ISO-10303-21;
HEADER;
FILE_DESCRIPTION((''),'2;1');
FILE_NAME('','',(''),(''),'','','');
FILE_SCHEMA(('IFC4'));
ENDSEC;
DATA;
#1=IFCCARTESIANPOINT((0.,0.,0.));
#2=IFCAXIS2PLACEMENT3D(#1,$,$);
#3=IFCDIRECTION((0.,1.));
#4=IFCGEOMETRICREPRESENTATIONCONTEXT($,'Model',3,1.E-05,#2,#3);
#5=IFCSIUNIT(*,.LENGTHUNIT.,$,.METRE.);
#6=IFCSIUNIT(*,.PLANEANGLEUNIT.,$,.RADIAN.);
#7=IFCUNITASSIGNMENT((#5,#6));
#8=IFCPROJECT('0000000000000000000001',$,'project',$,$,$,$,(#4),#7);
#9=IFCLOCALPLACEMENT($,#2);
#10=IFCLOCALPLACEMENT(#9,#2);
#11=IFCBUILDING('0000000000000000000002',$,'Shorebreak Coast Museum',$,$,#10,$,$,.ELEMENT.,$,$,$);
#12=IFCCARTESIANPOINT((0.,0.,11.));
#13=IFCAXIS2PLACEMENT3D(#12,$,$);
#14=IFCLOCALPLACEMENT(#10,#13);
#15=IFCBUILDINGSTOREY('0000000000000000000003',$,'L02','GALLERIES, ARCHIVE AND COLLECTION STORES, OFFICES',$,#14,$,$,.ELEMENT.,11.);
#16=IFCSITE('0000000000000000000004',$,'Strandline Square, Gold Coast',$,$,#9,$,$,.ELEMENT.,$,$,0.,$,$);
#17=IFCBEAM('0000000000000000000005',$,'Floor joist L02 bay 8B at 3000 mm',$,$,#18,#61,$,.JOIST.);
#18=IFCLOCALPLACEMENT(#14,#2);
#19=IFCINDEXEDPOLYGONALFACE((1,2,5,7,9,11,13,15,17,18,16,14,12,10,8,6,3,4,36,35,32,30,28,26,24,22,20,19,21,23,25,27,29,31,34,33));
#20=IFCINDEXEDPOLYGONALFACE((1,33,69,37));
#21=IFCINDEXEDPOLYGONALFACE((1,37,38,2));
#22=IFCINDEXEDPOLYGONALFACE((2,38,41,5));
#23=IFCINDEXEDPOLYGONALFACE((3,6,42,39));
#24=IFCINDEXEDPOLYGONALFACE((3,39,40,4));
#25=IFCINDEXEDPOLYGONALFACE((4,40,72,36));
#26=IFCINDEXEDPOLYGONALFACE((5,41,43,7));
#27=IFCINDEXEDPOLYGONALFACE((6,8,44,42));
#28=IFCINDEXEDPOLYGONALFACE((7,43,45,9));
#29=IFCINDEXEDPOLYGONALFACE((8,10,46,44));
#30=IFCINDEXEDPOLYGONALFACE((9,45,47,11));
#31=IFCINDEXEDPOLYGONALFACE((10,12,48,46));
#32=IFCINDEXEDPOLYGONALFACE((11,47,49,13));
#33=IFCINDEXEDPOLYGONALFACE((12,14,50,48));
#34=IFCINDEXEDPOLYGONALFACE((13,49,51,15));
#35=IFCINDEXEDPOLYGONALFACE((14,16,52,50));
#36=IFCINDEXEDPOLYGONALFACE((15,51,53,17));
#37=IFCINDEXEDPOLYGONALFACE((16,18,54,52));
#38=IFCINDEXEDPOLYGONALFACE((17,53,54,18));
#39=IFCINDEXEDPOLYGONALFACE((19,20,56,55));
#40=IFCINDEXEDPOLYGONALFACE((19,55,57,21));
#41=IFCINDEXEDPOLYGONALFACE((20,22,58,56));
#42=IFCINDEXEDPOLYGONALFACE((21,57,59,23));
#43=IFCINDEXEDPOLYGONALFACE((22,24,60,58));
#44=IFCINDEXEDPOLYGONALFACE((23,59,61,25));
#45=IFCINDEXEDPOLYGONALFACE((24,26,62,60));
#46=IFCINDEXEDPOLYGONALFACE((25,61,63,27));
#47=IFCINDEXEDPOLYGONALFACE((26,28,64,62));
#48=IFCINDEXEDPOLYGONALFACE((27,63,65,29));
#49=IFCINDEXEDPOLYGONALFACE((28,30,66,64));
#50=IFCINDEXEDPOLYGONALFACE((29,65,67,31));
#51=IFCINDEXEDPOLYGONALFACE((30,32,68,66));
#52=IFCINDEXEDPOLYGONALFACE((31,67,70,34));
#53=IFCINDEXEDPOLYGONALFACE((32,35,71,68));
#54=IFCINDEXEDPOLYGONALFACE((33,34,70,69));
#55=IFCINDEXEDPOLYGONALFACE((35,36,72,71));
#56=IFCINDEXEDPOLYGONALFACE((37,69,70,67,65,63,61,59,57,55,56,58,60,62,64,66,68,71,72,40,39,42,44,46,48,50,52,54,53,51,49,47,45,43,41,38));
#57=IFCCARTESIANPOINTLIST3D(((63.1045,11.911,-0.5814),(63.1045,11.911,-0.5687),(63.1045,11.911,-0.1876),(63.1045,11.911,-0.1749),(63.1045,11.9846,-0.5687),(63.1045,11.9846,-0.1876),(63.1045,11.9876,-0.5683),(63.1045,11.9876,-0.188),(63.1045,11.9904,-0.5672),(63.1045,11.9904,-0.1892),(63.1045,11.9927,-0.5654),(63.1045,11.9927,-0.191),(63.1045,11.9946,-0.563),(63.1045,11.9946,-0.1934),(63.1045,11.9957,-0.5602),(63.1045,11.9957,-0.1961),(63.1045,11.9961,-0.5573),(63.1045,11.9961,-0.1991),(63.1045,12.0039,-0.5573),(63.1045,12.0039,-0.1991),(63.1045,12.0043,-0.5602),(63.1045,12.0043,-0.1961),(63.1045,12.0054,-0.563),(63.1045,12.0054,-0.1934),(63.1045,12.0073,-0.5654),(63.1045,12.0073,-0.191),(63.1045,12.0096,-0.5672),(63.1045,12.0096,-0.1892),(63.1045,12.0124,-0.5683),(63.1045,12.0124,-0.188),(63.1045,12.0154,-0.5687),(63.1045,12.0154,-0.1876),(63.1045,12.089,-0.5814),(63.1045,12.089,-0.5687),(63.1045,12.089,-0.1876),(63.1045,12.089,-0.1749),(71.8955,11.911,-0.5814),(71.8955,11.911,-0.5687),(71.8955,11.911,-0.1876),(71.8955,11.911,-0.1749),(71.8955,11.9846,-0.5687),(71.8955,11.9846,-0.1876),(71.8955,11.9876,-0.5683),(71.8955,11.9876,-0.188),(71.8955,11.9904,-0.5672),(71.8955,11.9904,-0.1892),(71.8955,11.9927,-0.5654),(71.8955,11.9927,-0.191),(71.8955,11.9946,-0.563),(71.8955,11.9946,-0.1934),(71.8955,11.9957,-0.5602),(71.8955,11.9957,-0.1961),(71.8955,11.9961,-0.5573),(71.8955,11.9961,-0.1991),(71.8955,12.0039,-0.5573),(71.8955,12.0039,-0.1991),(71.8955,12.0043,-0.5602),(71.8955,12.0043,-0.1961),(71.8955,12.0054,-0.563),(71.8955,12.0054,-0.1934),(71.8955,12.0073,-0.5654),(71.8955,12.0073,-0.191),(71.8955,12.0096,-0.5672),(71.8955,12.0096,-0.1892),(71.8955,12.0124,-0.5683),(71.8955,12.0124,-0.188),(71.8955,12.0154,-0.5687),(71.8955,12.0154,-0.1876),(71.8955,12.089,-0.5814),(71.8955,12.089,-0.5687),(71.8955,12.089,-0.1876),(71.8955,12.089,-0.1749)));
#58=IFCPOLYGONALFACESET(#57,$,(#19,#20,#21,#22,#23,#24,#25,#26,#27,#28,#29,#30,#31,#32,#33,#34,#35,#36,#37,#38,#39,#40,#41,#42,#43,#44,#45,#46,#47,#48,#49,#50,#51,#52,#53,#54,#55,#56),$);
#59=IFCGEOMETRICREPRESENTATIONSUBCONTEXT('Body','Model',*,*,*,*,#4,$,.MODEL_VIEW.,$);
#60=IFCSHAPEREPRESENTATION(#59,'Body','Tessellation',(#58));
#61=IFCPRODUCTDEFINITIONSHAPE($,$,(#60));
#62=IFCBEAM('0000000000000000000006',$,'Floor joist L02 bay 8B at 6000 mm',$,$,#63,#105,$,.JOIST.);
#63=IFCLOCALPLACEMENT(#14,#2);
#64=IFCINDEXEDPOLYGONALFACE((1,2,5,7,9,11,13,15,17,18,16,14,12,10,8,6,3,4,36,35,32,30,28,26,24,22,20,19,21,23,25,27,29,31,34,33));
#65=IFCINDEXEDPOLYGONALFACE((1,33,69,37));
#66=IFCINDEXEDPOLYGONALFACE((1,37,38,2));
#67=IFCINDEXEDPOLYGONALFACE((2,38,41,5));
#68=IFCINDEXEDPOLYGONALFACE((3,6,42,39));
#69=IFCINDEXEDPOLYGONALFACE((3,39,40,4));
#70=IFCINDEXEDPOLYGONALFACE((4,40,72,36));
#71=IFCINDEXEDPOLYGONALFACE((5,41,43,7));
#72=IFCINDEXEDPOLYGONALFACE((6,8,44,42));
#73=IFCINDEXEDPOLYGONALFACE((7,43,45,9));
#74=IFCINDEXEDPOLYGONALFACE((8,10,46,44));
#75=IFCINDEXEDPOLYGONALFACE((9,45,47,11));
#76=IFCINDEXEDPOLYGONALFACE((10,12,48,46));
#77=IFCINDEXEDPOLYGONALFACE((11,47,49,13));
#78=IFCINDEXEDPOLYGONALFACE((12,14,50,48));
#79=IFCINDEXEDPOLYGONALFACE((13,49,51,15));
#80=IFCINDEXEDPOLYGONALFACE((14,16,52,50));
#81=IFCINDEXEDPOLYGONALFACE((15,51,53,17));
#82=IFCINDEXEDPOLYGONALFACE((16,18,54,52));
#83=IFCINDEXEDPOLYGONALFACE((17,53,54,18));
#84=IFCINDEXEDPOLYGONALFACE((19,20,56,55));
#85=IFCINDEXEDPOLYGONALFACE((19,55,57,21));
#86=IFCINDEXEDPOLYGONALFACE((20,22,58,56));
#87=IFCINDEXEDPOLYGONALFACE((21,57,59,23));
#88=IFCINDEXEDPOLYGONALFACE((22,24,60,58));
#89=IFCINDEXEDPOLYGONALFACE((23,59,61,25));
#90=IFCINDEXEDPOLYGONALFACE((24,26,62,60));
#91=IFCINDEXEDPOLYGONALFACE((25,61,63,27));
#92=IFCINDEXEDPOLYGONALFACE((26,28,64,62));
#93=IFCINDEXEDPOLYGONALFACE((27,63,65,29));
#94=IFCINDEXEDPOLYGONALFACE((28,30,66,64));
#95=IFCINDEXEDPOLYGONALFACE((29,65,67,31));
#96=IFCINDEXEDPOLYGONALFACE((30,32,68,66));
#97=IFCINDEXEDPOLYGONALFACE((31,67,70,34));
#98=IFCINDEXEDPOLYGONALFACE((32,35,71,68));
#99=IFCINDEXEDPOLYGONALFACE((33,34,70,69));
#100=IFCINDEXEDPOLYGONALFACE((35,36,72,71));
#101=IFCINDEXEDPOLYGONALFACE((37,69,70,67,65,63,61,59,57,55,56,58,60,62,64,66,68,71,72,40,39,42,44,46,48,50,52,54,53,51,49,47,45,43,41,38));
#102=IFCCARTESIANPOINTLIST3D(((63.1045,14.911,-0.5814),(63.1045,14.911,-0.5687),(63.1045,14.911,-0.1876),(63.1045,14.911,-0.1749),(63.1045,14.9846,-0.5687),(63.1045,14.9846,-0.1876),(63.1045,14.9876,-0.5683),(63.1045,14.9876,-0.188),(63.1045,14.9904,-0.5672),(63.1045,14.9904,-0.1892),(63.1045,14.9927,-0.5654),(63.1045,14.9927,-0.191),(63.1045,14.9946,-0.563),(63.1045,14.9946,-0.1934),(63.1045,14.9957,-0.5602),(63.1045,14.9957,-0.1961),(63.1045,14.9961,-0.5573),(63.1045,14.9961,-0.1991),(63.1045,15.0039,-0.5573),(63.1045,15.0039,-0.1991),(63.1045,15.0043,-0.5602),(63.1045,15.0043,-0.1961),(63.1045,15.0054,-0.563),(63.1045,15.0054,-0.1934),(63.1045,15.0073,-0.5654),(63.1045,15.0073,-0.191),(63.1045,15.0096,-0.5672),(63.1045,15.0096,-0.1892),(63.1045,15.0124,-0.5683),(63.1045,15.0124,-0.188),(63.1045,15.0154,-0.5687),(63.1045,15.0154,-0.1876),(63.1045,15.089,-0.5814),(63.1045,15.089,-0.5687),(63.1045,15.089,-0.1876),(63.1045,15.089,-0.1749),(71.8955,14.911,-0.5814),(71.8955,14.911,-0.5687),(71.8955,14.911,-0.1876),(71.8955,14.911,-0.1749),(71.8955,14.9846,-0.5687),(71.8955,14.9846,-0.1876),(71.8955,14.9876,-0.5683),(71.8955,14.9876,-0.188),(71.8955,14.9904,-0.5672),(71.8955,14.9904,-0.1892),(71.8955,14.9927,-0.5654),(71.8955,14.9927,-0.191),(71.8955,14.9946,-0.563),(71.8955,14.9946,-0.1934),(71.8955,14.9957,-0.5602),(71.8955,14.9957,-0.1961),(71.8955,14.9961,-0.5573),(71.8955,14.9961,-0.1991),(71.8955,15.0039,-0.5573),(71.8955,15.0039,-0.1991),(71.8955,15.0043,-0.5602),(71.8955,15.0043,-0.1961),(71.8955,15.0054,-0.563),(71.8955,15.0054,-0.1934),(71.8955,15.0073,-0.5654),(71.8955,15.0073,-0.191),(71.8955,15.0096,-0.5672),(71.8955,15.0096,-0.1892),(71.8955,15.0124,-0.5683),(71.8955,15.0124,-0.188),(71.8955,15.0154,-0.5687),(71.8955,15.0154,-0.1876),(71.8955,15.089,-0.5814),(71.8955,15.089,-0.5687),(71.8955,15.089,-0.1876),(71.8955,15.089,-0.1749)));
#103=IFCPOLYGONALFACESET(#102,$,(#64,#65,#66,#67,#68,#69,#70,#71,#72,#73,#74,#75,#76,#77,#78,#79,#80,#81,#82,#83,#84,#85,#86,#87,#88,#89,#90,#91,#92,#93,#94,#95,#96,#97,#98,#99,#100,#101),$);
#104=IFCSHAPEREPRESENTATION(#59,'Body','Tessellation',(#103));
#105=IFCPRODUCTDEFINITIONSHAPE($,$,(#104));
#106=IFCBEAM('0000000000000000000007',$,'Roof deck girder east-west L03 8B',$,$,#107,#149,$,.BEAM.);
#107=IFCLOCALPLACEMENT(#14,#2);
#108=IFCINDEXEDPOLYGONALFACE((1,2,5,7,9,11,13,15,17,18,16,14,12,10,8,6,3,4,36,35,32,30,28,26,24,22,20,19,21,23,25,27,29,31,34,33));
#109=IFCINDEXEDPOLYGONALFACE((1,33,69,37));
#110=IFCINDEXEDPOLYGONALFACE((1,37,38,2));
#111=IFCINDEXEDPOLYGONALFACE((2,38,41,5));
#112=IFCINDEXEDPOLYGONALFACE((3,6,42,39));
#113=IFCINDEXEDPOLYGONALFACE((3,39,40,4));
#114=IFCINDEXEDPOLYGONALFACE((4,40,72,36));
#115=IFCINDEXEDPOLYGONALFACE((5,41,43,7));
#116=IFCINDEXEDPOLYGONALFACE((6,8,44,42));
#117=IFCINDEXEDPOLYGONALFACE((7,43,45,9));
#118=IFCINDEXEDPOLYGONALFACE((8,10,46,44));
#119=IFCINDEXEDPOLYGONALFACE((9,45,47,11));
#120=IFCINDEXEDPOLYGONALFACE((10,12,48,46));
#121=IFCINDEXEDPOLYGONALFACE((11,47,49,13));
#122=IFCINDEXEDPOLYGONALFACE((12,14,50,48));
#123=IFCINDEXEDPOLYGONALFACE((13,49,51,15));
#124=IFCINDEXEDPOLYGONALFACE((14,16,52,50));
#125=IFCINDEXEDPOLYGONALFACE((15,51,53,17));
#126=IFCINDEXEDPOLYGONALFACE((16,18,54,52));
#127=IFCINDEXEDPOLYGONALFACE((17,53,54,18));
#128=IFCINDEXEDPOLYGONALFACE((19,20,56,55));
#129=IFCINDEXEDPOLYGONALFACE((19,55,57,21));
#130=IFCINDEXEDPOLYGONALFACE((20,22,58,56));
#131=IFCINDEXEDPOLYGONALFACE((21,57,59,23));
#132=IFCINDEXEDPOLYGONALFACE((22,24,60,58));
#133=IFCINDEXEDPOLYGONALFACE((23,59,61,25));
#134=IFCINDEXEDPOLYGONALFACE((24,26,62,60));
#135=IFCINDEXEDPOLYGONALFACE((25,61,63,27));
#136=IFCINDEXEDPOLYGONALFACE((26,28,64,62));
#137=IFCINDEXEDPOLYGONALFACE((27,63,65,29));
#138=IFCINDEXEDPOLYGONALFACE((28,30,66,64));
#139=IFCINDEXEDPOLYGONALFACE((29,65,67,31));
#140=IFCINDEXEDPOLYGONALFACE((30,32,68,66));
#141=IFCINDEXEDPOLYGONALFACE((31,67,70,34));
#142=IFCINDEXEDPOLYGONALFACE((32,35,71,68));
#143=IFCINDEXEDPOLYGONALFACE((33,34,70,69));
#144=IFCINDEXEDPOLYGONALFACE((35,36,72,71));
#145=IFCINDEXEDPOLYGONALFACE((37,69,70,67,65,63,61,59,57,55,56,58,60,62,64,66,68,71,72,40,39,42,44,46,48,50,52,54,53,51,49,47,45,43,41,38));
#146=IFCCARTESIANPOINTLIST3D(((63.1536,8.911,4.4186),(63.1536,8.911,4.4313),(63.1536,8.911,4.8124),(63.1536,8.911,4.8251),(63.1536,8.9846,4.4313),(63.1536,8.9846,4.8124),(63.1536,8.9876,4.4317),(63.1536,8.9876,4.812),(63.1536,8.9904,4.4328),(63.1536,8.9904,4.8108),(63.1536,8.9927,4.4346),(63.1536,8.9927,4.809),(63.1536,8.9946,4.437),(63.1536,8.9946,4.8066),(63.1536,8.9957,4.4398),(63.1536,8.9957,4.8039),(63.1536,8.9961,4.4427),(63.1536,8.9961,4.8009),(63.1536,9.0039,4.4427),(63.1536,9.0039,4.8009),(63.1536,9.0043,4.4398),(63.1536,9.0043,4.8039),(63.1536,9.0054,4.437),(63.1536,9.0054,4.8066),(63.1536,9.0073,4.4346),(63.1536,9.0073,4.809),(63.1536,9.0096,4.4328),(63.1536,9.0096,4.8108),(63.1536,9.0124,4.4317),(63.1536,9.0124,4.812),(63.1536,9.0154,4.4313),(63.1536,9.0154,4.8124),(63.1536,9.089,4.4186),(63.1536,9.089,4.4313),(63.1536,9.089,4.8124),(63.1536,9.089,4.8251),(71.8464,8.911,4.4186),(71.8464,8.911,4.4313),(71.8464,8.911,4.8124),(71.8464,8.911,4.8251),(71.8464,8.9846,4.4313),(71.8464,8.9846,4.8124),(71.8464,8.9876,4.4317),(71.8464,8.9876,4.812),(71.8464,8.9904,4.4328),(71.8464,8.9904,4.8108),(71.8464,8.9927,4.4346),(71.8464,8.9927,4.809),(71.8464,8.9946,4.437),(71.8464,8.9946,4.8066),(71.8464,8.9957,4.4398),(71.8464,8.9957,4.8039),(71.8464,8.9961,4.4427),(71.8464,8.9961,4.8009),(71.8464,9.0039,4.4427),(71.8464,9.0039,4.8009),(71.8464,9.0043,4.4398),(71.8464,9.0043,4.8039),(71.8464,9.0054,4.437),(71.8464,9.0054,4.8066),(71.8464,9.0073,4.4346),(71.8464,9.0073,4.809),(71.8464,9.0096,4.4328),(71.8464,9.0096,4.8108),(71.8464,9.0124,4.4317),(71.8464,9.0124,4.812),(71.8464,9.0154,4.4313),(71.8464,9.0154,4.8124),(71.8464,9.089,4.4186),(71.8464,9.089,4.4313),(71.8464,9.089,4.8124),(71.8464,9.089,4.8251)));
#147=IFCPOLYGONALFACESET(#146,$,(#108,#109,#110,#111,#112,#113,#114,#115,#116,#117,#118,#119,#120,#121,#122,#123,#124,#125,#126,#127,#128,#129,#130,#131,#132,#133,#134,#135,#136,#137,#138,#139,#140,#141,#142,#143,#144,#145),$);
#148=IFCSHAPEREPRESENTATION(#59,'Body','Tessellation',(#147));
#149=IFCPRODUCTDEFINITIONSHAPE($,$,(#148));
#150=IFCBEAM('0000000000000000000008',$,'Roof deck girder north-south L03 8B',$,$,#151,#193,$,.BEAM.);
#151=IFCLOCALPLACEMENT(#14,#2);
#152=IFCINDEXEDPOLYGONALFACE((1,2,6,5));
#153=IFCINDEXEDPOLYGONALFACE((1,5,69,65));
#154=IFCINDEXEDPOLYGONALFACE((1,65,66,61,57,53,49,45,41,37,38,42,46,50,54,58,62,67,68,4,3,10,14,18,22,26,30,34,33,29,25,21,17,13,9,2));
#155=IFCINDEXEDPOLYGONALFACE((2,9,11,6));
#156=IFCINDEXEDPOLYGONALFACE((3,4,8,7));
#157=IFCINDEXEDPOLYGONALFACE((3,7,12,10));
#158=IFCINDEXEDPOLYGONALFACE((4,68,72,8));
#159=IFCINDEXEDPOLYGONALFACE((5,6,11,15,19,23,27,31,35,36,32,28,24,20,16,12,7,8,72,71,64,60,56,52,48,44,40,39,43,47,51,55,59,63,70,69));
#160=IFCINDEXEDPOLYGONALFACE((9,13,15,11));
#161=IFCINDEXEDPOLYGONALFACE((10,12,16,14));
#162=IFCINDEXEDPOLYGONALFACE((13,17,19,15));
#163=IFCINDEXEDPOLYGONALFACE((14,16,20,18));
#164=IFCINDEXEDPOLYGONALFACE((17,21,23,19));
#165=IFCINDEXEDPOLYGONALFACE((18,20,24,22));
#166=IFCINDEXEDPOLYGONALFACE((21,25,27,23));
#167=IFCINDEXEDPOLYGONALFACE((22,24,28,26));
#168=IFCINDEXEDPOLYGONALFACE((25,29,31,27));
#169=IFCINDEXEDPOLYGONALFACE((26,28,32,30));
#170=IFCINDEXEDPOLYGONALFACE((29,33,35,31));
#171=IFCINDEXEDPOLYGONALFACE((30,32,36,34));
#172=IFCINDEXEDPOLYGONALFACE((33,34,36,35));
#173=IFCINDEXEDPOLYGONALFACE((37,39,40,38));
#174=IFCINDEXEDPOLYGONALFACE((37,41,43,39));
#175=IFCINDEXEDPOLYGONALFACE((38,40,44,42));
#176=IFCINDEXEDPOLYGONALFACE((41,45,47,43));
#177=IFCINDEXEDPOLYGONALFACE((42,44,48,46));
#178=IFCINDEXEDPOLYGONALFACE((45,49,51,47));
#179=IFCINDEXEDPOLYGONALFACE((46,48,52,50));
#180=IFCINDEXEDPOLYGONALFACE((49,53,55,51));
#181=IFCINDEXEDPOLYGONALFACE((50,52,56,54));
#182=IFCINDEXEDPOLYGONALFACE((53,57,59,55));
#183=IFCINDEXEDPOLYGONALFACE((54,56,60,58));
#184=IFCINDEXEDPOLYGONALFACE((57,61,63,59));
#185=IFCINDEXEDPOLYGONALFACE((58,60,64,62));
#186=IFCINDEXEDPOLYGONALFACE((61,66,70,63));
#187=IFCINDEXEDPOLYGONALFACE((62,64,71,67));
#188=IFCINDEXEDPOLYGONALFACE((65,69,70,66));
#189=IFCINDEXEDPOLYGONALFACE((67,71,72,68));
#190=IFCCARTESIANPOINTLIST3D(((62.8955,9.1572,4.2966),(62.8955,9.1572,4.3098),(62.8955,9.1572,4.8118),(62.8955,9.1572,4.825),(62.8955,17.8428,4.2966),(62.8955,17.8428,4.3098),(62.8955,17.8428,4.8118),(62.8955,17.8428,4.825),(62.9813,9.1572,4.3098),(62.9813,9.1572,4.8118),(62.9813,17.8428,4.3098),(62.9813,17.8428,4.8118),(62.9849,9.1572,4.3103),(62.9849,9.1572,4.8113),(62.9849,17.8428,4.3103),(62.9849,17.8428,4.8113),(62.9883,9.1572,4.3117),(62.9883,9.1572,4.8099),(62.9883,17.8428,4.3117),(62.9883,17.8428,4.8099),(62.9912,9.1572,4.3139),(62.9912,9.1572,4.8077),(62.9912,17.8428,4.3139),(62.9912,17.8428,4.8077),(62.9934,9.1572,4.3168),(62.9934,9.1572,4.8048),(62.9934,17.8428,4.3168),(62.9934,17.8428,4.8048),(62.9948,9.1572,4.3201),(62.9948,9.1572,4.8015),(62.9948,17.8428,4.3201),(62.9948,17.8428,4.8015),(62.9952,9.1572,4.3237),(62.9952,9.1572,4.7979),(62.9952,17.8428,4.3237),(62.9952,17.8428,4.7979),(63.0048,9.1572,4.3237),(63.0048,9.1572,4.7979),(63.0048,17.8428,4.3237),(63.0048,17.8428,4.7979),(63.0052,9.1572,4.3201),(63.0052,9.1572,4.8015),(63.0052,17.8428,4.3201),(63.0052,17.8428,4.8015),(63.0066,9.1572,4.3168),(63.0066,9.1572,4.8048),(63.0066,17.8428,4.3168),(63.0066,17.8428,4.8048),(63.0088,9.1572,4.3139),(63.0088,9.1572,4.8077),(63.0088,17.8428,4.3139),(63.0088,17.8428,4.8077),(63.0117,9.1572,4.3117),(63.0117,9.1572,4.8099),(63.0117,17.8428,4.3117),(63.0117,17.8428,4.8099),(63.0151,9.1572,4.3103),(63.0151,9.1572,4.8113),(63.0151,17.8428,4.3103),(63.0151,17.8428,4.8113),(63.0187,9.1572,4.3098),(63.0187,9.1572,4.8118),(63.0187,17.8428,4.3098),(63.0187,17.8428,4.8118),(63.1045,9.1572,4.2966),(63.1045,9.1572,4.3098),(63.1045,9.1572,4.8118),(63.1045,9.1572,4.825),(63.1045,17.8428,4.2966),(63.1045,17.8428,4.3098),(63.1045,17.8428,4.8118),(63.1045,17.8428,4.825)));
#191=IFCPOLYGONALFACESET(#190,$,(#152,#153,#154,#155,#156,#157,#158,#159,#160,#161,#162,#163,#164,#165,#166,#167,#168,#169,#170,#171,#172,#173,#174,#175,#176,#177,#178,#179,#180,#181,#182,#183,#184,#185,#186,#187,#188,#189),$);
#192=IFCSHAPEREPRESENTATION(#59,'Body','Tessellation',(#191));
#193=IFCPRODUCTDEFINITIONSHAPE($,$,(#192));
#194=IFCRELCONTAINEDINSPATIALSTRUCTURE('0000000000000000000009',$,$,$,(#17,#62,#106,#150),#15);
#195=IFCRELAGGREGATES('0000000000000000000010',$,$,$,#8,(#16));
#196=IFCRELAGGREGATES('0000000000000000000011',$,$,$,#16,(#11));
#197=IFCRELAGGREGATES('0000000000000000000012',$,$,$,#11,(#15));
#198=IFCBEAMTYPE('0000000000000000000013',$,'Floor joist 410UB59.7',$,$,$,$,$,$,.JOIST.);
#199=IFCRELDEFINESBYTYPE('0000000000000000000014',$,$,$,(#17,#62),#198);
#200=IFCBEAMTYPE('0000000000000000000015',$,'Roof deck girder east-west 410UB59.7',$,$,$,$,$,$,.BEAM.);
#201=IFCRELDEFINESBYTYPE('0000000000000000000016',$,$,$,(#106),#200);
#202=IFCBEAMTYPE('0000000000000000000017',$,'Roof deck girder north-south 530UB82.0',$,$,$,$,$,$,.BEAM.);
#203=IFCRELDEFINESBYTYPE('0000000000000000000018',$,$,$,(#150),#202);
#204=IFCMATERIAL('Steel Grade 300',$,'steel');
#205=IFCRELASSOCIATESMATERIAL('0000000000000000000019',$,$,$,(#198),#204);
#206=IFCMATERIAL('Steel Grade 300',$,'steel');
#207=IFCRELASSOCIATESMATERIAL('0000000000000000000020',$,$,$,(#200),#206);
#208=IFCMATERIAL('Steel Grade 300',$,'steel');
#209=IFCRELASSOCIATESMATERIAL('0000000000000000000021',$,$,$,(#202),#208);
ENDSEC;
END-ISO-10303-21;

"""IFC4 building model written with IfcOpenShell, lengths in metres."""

from ifc_helpers import new_model, si_unit, direction, frame, origin, origin_2d, place, context, subcontext, project, spatial, i_section, extrude, material, material_profile, profile_set, type_object, element, save


model = new_model("IFC4")

# Units and contexts
model_context = context("Model", 3, precision=1e-05, world=origin(), true_north=direction((0.0, 1.0)))
body_context = subcontext(model_context, "Body", "Model", "MODEL_VIEW")
ifc_project = project(units=[si_unit("LENGTHUNIT", "METRE"), si_unit("PLANEANGLEUNIT", "RADIAN")], contexts=[model_context])

# Site, building, storey
site_placement = place(None, origin())
site = spatial("IfcSite", under=ifc_project, at=site_placement, Name="Strandline Square, Gold Coast", CompositionType="ELEMENT", RefElevation=0.0)
building_placement = place(site_placement, origin())
building = spatial("IfcBuilding", under=site, at=building_placement, Name="Shorebreak Coast Museum", CompositionType="ELEMENT")
storey_placement = place(building_placement, frame((0.0, 0.0, 11.0)))
storey = spatial("IfcBuildingStorey", under=building, at=storey_placement, Name="L02", Description="GALLERIES, ARCHIVE AND COLLECTION STORES, OFFICES", CompositionType="ELEMENT", Elevation=11.0)

# Beams
ifc_material_1 = material(Name="Steel Grade 300", Category="steel")
ifc_material_profile_1 = material_profile(ifc_material_1, i_section(OverallWidth=0.178, OverallDepth=0.4065, WebThickness=0.0078, FlangeThickness=0.0127, FilletRadius=0.0115, at=origin_2d()), Name="410UB59.7")
ifc_profile_set_1 = profile_set([ifc_material_profile_1], Name="Steel Grade 300")
beam_type_1 = type_object("IfcBeamType", Name="Floor joist 410UB59.7", PredefinedType="JOIST", material=ifc_profile_set_1)
for number, where, z_axis, x_axis, name in (
    (1, (63.1045, 12.0, -0.3782), (1.0, 0.0, 0.0), (0.0, 1.0, 0.0), "Floor joist L02 bay 8B at 3000 mm"),
    (2, (63.1045, 15.0, -0.3782), (1.0, 0.0, 0.0), (0.0, 1.0, 0.0), "Floor joist L02 bay 8B at 6000 mm"),
):
    element("IfcBeam", number, at=place(storey_placement, frame(where, z_axis=z_axis, x_axis=x_axis)), inside=storey, type_object=beam_type_1, Name=name, PredefinedType="JOIST", context=body_context, shape_type="SweptSolid", body=[
        extrude(i_section(OverallWidth=0.178, OverallDepth=0.4065, WebThickness=0.0078, FlangeThickness=0.0127, FilletRadius=0.0115, at=origin_2d()), origin(), (0.0, 0.0, 1.0), 8.791),
    ])
ifc_material_2 = material(Name="Steel Grade 300", Category="steel")
ifc_material_profile_2 = material_profile(ifc_material_2, i_section(OverallWidth=0.178, OverallDepth=0.4065, WebThickness=0.0078, FlangeThickness=0.0127, FilletRadius=0.0115, at=origin_2d()), Name="410UB59.7")
ifc_profile_set_2 = profile_set([ifc_material_profile_2], Name="Steel Grade 300")
beam_type_2 = type_object("IfcBeamType", Name="Roof deck girder east-west 410UB59.7", PredefinedType="BEAM", material=ifc_profile_set_2)
beam_1_placement = place(storey_placement, frame((63.1536, 9.0, 4.6218), z_axis=(1.0, 0.0, 0.0), x_axis=(0.0, 1.0, 0.0)))
element("IfcBeam", 3, at=beam_1_placement, inside=storey, type_object=beam_type_2, Name="Roof deck girder east-west L03 8B", PredefinedType="BEAM", context=body_context, shape_type="SweptSolid", body=[
    extrude(i_section(OverallWidth=0.178, OverallDepth=0.4065, WebThickness=0.0078, FlangeThickness=0.0127, FilletRadius=0.0115, at=origin_2d()), origin(), (0.0, 0.0, 1.0), 8.6929),
])
ifc_material_3 = material(Name="Steel Grade 300", Category="steel")
ifc_material_profile_3 = material_profile(ifc_material_3, i_section(OverallWidth=0.209, OverallDepth=0.5283, WebThickness=0.0095, FlangeThickness=0.0132, FilletRadius=0.0139, at=origin_2d()), Name="530UB82.0")
ifc_profile_set_3 = profile_set([ifc_material_profile_3], Name="Steel Grade 300")
beam_type_3 = type_object("IfcBeamType", Name="Roof deck girder north-south 530UB82.0", PredefinedType="BEAM", material=ifc_profile_set_3)
beam_2_placement = place(storey_placement, frame((63.0, 9.1572, 4.5608), z_axis=(0.0, 1.0, 0.0), x_axis=(-1.0, 0.0, 0.0)))
element("IfcBeam", 4, at=beam_2_placement, inside=storey, type_object=beam_type_3, Name="Roof deck girder north-south L03 8B", PredefinedType="BEAM", context=body_context, shape_type="SweptSolid", body=[
    extrude(i_section(OverallWidth=0.209, OverallDepth=0.5283, WebThickness=0.0095, FlangeThickness=0.0132, FilletRadius=0.0139, at=origin_2d()), origin(), (0.0, 0.0, 1.0), 8.6855),
])

save(model, "model.ifc")
